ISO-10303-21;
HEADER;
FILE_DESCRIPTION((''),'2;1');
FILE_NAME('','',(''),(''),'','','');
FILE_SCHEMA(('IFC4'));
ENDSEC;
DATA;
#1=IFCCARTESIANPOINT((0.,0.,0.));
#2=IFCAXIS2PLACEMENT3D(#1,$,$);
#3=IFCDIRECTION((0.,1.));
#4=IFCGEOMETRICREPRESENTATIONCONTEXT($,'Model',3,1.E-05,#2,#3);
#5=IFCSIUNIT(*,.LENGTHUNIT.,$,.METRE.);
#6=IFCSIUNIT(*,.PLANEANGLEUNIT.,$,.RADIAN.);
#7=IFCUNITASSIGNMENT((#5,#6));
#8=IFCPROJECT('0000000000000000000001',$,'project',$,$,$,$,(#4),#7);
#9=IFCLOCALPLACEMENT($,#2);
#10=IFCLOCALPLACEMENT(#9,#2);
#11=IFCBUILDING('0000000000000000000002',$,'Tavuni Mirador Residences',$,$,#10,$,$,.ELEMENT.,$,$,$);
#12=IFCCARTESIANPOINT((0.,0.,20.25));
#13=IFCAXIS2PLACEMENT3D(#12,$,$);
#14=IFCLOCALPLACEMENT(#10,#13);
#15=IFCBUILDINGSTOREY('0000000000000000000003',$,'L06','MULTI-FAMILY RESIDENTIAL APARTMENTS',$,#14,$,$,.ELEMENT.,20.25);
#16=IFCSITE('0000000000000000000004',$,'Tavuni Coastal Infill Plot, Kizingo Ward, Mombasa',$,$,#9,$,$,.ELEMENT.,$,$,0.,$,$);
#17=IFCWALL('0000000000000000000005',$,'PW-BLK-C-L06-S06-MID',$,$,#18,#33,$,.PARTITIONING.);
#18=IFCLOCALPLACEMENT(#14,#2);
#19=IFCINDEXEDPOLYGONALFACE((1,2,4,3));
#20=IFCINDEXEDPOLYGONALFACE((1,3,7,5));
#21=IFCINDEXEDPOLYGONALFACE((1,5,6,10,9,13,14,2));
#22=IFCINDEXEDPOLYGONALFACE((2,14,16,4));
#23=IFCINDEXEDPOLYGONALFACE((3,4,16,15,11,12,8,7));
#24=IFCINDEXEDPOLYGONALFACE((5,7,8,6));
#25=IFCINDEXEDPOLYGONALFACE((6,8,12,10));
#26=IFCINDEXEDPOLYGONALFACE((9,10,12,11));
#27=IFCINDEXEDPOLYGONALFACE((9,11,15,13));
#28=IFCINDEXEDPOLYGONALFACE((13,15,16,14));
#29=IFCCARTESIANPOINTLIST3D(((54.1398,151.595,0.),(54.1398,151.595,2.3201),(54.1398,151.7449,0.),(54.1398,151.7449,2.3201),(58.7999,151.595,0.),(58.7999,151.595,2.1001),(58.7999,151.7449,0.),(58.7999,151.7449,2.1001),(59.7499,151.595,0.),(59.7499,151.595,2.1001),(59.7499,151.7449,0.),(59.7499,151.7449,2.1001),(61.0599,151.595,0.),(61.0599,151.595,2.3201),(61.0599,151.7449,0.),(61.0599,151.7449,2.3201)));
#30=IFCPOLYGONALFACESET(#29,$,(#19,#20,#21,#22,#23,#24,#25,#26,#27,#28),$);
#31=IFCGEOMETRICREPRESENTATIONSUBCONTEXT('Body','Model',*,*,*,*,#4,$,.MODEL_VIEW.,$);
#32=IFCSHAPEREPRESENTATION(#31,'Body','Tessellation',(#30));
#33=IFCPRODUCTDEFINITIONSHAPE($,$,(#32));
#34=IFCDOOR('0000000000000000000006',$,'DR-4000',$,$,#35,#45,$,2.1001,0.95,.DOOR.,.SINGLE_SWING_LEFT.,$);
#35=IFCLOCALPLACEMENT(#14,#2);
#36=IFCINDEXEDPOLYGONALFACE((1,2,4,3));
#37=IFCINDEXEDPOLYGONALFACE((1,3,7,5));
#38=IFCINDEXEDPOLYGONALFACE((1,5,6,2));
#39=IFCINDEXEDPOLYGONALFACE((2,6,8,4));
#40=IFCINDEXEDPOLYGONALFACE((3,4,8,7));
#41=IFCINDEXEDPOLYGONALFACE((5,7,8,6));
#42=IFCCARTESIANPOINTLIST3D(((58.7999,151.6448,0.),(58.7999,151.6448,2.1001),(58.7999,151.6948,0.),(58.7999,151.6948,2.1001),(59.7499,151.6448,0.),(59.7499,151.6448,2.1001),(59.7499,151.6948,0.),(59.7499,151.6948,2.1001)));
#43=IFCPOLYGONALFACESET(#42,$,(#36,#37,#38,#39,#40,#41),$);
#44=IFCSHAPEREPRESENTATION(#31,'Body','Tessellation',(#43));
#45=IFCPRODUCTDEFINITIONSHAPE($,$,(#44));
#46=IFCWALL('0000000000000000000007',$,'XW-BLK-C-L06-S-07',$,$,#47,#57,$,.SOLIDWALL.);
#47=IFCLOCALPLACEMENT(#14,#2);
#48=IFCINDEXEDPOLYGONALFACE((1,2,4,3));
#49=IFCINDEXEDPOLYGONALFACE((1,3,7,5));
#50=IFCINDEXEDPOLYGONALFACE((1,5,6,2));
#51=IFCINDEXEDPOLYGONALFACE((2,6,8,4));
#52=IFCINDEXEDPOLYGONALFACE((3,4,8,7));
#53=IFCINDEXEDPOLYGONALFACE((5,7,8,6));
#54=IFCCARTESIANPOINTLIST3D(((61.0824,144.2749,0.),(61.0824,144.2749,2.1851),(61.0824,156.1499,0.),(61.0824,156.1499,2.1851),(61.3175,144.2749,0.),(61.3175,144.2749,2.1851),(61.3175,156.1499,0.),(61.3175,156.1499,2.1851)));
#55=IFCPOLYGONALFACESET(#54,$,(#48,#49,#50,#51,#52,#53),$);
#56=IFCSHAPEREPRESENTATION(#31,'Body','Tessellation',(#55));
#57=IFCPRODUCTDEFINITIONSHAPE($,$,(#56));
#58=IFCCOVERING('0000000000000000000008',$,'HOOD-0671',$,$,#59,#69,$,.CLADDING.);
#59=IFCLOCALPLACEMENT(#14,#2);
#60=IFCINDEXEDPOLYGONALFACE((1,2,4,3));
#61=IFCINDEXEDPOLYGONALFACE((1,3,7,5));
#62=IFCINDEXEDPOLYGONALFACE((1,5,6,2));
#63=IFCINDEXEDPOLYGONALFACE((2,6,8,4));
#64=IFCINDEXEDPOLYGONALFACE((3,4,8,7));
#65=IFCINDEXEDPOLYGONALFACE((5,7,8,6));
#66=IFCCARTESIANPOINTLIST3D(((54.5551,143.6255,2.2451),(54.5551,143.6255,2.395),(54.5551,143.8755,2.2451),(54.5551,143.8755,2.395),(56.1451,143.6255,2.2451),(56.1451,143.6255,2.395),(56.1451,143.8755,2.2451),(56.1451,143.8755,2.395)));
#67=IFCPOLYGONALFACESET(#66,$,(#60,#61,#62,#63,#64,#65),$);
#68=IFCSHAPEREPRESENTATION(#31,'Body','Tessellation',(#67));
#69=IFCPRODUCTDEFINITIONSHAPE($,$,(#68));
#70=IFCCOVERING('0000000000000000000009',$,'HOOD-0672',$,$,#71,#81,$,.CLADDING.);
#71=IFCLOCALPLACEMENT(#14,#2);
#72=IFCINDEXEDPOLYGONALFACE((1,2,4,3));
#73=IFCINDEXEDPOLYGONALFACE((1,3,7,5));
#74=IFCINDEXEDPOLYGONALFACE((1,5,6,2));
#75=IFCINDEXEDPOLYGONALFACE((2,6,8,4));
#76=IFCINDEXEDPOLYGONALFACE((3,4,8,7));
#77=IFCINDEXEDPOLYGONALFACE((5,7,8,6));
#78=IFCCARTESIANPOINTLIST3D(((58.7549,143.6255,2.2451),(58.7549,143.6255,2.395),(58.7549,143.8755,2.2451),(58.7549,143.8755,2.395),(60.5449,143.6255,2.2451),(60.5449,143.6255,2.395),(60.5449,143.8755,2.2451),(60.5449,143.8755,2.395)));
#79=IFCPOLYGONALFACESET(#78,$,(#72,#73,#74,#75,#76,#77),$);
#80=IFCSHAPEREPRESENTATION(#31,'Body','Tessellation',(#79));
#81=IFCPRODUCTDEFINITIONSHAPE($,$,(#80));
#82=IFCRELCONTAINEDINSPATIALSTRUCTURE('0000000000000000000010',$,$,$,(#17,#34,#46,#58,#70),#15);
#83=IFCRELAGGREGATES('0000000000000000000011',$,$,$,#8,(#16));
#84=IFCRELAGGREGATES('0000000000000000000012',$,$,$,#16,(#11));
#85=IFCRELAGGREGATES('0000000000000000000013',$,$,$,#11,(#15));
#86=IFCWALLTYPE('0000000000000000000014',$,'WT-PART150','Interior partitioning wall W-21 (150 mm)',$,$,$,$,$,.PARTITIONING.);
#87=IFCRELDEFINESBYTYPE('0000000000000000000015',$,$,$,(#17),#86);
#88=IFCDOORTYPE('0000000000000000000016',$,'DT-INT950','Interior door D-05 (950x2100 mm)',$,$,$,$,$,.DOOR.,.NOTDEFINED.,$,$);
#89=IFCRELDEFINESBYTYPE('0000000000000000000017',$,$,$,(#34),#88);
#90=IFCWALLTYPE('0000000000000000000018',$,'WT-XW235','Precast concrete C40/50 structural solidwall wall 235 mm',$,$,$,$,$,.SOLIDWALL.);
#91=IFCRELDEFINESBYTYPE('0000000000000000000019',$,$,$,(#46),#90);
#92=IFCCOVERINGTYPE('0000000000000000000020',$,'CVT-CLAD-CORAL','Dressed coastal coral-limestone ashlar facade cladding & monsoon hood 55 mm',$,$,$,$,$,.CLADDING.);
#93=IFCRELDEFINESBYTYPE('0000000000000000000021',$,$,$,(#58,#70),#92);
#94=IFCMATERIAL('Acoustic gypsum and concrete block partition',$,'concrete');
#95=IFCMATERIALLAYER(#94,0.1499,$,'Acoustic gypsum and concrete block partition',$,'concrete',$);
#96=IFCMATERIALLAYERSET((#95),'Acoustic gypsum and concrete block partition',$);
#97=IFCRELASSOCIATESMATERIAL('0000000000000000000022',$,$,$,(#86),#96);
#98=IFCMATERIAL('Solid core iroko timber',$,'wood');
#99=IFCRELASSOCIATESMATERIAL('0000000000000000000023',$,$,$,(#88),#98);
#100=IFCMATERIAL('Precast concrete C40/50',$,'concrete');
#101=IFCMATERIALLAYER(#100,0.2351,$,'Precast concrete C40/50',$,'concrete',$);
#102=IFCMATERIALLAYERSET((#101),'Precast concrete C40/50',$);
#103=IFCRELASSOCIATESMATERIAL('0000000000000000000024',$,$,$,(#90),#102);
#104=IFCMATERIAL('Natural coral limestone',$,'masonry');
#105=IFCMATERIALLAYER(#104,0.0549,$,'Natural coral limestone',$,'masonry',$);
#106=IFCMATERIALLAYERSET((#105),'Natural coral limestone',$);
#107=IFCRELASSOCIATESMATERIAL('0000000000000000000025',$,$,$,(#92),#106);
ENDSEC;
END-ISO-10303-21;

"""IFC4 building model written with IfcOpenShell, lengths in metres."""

from ifc_helpers import new_model, si_unit, direction, frame, frame_2d, origin, origin_2d, place, context, subcontext, project, spatial, rectangle, extrude, material, layer, layer_set, type_object, element, fill, save


model = new_model("IFC4")

# Units and contexts
model_context = context("Model", 3, precision=1e-05, world=origin(), true_north=direction((0.0, 1.0)))
body_context = subcontext(model_context, "Body", "Model", "MODEL_VIEW")
ifc_project = project(units=[si_unit("LENGTHUNIT", "METRE"), si_unit("PLANEANGLEUNIT", "RADIAN")], contexts=[model_context])

# Site, building, storey
site_placement = place(None, origin())
site = spatial("IfcSite", under=ifc_project, at=site_placement, Name="Tavuni Coastal Infill Plot, Kizingo Ward, Mombasa", CompositionType="ELEMENT", RefElevation=0.0)
building_placement = place(site_placement, origin())
building = spatial("IfcBuilding", under=site, at=building_placement, Name="Tavuni Mirador Residences", CompositionType="ELEMENT")
storey_placement = place(building_placement, frame((0.0, 0.0, 20.25)))
storey = spatial("IfcBuildingStorey", under=building, at=storey_placement, Name="L06", Description="MULTI-FAMILY RESIDENTIAL APARTMENTS", CompositionType="ELEMENT", Elevation=20.25)

# Shared definitions
ifc_material_1 = material(Name="Precast concrete C40/50", Category="concrete")

# Shared definitions
ifc_material_2 = material(Name="Solid core iroko timber", Category="wood")

# Wall, opening, door
ifc_material_3 = material(Name="Acoustic gypsum and concrete block partition", Category="concrete")
ifc_layer_1 = layer(ifc_material_3, 0.1499, Name="Acoustic gypsum and concrete block partition", Category="concrete")
ifc_layer_set_1 = layer_set([ifc_layer_1], Name="Acoustic gypsum and concrete block partition")
wall_type_1 = type_object("IfcWallType", Name="WT-PART150", Description="Interior partitioning wall W-21 (150 mm)", PredefinedType="PARTITIONING", material=ifc_layer_set_1)
wall_1_placement = place(storey_placement, frame((54.1399, 151.6699, 0.0), z_axis=(0.0, 0.0, 1.0), x_axis=(1.0, 0.0, 0.0)))
wall_1 = element("IfcWall", 1, at=wall_1_placement, inside=storey, type_object=wall_type_1, Name="PW-BLK-C-L06-S06-MID", PredefinedType="PARTITIONING", context=body_context, shape_type="SweptSolid", body=[
    extrude(rectangle(XDim=6.9202, YDim=0.1499, at=frame_2d((3.46, 0.0))), origin(), (0.0, 0.0, 1.0), 2.3201),
])
opening_1_placement = place(wall_1_placement, frame((4.6599, 0.0, 0.0)))
opening_1 = element("IfcOpeningElement", 2, at=opening_1_placement, cuts=wall_1, PredefinedType="OPENING", context=body_context, shape_type="SweptSolid", body=[
    extrude(rectangle(XDim=0.95, YDim=2.1001, at=frame_2d((0.4751, 1.05))), frame((0.0, 0.085, 0.0), z_axis=(0.0, -1.0, 0.0), x_axis=(1.0, 0.0, 0.0)), (0.0, 0.0, 1.0), 0.1699),
])
door_type_1 = type_object("IfcDoorType", Name="DT-INT950", Description="Interior door D-05 (950x2100 mm)", OperationType="NOTDEFINED", PredefinedType="DOOR", material=ifc_material_2)
door_1_placement = place(opening_1_placement, origin())
door_1 = element("IfcDoor", 3, at=door_1_placement, inside=storey, type_object=door_type_1, Name="DR-4000", OperationType="SINGLE_SWING_LEFT", OverallHeight=2.1001, OverallWidth=0.95, PredefinedType="DOOR", context=body_context, shape_type="SweptSolid", body=[
    extrude(rectangle(XDim=0.95, YDim=2.1001, at=frame_2d((0.4751, 1.05))), frame((0.0, 0.0249, 0.0), z_axis=(0.0, -1.0, 0.0), x_axis=(1.0, 0.0, 0.0)), (0.0, 0.0, 1.0), 0.05),
])
fill(opening_1, door_1)

# Wall
ifc_layer_2 = layer(ifc_material_1, 0.2351, Name="Precast concrete C40/50", Category="concrete")
ifc_layer_set_2 = layer_set([ifc_layer_2], Name="Precast concrete C40/50")
wall_type_2 = type_object("IfcWallType", Name="WT-XW235", Description="Precast concrete C40/50 structural solidwall wall 235 mm", PredefinedType="SOLIDWALL", material=ifc_layer_set_2)
wall_2_placement = place(storey_placement, frame((61.2, 144.2749, 0.0), z_axis=(0.0, 0.0, 1.0), x_axis=(0.0, 1.0, 0.0)))
element("IfcWall", 4, at=wall_2_placement, inside=storey, type_object=wall_type_2, Name="XW-BLK-C-L06-S-07", PredefinedType="SOLIDWALL", context=body_context, shape_type="SweptSolid", body=[
    extrude(rectangle(XDim=11.875, YDim=0.2351, at=frame_2d((5.9375, 0.0))), origin(), (0.0, 0.0, 1.0), 2.1851),
])

# Coverings
ifc_material_4 = material(Name="Natural coral limestone", Category="masonry")
ifc_layer_3 = layer(ifc_material_4, 0.0549, Name="Natural coral limestone", Category="masonry")
ifc_layer_set_3 = layer_set([ifc_layer_3], Name="Natural coral limestone")
covering_type = type_object("IfcCoveringType", Name="CVT-CLAD-CORAL", Description="Dressed coastal coral-limestone ashlar facade cladding & monsoon hood 55 mm", PredefinedType="CLADDING", material=ifc_layer_set_3)
covering_1_placement = place(storey_placement, frame((55.3501, 143.7505, 2.2451), z_axis=(0.0, 0.0, 1.0), x_axis=(1.0, 0.0, 0.0)))
element("IfcCovering", 5, at=covering_1_placement, inside=storey, type_object=covering_type, Name="HOOD-0671", PredefinedType="CLADDING", context=body_context, shape_type="SweptSolid", body=[
    extrude(rectangle(XDim=1.5901, YDim=0.25, at=origin_2d()), origin(), (0.0, 0.0, 1.0), 0.1499),
])
covering_2_placement = place(storey_placement, frame((59.6499, 143.7505, 2.2451), z_axis=(0.0, 0.0, 1.0), x_axis=(1.0, 0.0, 0.0)))
element("IfcCovering", 6, at=covering_2_placement, inside=storey, type_object=covering_type, Name="HOOD-0672", PredefinedType="CLADDING", context=body_context, shape_type="SweptSolid", body=[
    extrude(rectangle(XDim=1.79, YDim=0.25, at=origin_2d()), origin(), (0.0, 0.0, 1.0), 0.1499),
])

save(model, "model.ifc")
